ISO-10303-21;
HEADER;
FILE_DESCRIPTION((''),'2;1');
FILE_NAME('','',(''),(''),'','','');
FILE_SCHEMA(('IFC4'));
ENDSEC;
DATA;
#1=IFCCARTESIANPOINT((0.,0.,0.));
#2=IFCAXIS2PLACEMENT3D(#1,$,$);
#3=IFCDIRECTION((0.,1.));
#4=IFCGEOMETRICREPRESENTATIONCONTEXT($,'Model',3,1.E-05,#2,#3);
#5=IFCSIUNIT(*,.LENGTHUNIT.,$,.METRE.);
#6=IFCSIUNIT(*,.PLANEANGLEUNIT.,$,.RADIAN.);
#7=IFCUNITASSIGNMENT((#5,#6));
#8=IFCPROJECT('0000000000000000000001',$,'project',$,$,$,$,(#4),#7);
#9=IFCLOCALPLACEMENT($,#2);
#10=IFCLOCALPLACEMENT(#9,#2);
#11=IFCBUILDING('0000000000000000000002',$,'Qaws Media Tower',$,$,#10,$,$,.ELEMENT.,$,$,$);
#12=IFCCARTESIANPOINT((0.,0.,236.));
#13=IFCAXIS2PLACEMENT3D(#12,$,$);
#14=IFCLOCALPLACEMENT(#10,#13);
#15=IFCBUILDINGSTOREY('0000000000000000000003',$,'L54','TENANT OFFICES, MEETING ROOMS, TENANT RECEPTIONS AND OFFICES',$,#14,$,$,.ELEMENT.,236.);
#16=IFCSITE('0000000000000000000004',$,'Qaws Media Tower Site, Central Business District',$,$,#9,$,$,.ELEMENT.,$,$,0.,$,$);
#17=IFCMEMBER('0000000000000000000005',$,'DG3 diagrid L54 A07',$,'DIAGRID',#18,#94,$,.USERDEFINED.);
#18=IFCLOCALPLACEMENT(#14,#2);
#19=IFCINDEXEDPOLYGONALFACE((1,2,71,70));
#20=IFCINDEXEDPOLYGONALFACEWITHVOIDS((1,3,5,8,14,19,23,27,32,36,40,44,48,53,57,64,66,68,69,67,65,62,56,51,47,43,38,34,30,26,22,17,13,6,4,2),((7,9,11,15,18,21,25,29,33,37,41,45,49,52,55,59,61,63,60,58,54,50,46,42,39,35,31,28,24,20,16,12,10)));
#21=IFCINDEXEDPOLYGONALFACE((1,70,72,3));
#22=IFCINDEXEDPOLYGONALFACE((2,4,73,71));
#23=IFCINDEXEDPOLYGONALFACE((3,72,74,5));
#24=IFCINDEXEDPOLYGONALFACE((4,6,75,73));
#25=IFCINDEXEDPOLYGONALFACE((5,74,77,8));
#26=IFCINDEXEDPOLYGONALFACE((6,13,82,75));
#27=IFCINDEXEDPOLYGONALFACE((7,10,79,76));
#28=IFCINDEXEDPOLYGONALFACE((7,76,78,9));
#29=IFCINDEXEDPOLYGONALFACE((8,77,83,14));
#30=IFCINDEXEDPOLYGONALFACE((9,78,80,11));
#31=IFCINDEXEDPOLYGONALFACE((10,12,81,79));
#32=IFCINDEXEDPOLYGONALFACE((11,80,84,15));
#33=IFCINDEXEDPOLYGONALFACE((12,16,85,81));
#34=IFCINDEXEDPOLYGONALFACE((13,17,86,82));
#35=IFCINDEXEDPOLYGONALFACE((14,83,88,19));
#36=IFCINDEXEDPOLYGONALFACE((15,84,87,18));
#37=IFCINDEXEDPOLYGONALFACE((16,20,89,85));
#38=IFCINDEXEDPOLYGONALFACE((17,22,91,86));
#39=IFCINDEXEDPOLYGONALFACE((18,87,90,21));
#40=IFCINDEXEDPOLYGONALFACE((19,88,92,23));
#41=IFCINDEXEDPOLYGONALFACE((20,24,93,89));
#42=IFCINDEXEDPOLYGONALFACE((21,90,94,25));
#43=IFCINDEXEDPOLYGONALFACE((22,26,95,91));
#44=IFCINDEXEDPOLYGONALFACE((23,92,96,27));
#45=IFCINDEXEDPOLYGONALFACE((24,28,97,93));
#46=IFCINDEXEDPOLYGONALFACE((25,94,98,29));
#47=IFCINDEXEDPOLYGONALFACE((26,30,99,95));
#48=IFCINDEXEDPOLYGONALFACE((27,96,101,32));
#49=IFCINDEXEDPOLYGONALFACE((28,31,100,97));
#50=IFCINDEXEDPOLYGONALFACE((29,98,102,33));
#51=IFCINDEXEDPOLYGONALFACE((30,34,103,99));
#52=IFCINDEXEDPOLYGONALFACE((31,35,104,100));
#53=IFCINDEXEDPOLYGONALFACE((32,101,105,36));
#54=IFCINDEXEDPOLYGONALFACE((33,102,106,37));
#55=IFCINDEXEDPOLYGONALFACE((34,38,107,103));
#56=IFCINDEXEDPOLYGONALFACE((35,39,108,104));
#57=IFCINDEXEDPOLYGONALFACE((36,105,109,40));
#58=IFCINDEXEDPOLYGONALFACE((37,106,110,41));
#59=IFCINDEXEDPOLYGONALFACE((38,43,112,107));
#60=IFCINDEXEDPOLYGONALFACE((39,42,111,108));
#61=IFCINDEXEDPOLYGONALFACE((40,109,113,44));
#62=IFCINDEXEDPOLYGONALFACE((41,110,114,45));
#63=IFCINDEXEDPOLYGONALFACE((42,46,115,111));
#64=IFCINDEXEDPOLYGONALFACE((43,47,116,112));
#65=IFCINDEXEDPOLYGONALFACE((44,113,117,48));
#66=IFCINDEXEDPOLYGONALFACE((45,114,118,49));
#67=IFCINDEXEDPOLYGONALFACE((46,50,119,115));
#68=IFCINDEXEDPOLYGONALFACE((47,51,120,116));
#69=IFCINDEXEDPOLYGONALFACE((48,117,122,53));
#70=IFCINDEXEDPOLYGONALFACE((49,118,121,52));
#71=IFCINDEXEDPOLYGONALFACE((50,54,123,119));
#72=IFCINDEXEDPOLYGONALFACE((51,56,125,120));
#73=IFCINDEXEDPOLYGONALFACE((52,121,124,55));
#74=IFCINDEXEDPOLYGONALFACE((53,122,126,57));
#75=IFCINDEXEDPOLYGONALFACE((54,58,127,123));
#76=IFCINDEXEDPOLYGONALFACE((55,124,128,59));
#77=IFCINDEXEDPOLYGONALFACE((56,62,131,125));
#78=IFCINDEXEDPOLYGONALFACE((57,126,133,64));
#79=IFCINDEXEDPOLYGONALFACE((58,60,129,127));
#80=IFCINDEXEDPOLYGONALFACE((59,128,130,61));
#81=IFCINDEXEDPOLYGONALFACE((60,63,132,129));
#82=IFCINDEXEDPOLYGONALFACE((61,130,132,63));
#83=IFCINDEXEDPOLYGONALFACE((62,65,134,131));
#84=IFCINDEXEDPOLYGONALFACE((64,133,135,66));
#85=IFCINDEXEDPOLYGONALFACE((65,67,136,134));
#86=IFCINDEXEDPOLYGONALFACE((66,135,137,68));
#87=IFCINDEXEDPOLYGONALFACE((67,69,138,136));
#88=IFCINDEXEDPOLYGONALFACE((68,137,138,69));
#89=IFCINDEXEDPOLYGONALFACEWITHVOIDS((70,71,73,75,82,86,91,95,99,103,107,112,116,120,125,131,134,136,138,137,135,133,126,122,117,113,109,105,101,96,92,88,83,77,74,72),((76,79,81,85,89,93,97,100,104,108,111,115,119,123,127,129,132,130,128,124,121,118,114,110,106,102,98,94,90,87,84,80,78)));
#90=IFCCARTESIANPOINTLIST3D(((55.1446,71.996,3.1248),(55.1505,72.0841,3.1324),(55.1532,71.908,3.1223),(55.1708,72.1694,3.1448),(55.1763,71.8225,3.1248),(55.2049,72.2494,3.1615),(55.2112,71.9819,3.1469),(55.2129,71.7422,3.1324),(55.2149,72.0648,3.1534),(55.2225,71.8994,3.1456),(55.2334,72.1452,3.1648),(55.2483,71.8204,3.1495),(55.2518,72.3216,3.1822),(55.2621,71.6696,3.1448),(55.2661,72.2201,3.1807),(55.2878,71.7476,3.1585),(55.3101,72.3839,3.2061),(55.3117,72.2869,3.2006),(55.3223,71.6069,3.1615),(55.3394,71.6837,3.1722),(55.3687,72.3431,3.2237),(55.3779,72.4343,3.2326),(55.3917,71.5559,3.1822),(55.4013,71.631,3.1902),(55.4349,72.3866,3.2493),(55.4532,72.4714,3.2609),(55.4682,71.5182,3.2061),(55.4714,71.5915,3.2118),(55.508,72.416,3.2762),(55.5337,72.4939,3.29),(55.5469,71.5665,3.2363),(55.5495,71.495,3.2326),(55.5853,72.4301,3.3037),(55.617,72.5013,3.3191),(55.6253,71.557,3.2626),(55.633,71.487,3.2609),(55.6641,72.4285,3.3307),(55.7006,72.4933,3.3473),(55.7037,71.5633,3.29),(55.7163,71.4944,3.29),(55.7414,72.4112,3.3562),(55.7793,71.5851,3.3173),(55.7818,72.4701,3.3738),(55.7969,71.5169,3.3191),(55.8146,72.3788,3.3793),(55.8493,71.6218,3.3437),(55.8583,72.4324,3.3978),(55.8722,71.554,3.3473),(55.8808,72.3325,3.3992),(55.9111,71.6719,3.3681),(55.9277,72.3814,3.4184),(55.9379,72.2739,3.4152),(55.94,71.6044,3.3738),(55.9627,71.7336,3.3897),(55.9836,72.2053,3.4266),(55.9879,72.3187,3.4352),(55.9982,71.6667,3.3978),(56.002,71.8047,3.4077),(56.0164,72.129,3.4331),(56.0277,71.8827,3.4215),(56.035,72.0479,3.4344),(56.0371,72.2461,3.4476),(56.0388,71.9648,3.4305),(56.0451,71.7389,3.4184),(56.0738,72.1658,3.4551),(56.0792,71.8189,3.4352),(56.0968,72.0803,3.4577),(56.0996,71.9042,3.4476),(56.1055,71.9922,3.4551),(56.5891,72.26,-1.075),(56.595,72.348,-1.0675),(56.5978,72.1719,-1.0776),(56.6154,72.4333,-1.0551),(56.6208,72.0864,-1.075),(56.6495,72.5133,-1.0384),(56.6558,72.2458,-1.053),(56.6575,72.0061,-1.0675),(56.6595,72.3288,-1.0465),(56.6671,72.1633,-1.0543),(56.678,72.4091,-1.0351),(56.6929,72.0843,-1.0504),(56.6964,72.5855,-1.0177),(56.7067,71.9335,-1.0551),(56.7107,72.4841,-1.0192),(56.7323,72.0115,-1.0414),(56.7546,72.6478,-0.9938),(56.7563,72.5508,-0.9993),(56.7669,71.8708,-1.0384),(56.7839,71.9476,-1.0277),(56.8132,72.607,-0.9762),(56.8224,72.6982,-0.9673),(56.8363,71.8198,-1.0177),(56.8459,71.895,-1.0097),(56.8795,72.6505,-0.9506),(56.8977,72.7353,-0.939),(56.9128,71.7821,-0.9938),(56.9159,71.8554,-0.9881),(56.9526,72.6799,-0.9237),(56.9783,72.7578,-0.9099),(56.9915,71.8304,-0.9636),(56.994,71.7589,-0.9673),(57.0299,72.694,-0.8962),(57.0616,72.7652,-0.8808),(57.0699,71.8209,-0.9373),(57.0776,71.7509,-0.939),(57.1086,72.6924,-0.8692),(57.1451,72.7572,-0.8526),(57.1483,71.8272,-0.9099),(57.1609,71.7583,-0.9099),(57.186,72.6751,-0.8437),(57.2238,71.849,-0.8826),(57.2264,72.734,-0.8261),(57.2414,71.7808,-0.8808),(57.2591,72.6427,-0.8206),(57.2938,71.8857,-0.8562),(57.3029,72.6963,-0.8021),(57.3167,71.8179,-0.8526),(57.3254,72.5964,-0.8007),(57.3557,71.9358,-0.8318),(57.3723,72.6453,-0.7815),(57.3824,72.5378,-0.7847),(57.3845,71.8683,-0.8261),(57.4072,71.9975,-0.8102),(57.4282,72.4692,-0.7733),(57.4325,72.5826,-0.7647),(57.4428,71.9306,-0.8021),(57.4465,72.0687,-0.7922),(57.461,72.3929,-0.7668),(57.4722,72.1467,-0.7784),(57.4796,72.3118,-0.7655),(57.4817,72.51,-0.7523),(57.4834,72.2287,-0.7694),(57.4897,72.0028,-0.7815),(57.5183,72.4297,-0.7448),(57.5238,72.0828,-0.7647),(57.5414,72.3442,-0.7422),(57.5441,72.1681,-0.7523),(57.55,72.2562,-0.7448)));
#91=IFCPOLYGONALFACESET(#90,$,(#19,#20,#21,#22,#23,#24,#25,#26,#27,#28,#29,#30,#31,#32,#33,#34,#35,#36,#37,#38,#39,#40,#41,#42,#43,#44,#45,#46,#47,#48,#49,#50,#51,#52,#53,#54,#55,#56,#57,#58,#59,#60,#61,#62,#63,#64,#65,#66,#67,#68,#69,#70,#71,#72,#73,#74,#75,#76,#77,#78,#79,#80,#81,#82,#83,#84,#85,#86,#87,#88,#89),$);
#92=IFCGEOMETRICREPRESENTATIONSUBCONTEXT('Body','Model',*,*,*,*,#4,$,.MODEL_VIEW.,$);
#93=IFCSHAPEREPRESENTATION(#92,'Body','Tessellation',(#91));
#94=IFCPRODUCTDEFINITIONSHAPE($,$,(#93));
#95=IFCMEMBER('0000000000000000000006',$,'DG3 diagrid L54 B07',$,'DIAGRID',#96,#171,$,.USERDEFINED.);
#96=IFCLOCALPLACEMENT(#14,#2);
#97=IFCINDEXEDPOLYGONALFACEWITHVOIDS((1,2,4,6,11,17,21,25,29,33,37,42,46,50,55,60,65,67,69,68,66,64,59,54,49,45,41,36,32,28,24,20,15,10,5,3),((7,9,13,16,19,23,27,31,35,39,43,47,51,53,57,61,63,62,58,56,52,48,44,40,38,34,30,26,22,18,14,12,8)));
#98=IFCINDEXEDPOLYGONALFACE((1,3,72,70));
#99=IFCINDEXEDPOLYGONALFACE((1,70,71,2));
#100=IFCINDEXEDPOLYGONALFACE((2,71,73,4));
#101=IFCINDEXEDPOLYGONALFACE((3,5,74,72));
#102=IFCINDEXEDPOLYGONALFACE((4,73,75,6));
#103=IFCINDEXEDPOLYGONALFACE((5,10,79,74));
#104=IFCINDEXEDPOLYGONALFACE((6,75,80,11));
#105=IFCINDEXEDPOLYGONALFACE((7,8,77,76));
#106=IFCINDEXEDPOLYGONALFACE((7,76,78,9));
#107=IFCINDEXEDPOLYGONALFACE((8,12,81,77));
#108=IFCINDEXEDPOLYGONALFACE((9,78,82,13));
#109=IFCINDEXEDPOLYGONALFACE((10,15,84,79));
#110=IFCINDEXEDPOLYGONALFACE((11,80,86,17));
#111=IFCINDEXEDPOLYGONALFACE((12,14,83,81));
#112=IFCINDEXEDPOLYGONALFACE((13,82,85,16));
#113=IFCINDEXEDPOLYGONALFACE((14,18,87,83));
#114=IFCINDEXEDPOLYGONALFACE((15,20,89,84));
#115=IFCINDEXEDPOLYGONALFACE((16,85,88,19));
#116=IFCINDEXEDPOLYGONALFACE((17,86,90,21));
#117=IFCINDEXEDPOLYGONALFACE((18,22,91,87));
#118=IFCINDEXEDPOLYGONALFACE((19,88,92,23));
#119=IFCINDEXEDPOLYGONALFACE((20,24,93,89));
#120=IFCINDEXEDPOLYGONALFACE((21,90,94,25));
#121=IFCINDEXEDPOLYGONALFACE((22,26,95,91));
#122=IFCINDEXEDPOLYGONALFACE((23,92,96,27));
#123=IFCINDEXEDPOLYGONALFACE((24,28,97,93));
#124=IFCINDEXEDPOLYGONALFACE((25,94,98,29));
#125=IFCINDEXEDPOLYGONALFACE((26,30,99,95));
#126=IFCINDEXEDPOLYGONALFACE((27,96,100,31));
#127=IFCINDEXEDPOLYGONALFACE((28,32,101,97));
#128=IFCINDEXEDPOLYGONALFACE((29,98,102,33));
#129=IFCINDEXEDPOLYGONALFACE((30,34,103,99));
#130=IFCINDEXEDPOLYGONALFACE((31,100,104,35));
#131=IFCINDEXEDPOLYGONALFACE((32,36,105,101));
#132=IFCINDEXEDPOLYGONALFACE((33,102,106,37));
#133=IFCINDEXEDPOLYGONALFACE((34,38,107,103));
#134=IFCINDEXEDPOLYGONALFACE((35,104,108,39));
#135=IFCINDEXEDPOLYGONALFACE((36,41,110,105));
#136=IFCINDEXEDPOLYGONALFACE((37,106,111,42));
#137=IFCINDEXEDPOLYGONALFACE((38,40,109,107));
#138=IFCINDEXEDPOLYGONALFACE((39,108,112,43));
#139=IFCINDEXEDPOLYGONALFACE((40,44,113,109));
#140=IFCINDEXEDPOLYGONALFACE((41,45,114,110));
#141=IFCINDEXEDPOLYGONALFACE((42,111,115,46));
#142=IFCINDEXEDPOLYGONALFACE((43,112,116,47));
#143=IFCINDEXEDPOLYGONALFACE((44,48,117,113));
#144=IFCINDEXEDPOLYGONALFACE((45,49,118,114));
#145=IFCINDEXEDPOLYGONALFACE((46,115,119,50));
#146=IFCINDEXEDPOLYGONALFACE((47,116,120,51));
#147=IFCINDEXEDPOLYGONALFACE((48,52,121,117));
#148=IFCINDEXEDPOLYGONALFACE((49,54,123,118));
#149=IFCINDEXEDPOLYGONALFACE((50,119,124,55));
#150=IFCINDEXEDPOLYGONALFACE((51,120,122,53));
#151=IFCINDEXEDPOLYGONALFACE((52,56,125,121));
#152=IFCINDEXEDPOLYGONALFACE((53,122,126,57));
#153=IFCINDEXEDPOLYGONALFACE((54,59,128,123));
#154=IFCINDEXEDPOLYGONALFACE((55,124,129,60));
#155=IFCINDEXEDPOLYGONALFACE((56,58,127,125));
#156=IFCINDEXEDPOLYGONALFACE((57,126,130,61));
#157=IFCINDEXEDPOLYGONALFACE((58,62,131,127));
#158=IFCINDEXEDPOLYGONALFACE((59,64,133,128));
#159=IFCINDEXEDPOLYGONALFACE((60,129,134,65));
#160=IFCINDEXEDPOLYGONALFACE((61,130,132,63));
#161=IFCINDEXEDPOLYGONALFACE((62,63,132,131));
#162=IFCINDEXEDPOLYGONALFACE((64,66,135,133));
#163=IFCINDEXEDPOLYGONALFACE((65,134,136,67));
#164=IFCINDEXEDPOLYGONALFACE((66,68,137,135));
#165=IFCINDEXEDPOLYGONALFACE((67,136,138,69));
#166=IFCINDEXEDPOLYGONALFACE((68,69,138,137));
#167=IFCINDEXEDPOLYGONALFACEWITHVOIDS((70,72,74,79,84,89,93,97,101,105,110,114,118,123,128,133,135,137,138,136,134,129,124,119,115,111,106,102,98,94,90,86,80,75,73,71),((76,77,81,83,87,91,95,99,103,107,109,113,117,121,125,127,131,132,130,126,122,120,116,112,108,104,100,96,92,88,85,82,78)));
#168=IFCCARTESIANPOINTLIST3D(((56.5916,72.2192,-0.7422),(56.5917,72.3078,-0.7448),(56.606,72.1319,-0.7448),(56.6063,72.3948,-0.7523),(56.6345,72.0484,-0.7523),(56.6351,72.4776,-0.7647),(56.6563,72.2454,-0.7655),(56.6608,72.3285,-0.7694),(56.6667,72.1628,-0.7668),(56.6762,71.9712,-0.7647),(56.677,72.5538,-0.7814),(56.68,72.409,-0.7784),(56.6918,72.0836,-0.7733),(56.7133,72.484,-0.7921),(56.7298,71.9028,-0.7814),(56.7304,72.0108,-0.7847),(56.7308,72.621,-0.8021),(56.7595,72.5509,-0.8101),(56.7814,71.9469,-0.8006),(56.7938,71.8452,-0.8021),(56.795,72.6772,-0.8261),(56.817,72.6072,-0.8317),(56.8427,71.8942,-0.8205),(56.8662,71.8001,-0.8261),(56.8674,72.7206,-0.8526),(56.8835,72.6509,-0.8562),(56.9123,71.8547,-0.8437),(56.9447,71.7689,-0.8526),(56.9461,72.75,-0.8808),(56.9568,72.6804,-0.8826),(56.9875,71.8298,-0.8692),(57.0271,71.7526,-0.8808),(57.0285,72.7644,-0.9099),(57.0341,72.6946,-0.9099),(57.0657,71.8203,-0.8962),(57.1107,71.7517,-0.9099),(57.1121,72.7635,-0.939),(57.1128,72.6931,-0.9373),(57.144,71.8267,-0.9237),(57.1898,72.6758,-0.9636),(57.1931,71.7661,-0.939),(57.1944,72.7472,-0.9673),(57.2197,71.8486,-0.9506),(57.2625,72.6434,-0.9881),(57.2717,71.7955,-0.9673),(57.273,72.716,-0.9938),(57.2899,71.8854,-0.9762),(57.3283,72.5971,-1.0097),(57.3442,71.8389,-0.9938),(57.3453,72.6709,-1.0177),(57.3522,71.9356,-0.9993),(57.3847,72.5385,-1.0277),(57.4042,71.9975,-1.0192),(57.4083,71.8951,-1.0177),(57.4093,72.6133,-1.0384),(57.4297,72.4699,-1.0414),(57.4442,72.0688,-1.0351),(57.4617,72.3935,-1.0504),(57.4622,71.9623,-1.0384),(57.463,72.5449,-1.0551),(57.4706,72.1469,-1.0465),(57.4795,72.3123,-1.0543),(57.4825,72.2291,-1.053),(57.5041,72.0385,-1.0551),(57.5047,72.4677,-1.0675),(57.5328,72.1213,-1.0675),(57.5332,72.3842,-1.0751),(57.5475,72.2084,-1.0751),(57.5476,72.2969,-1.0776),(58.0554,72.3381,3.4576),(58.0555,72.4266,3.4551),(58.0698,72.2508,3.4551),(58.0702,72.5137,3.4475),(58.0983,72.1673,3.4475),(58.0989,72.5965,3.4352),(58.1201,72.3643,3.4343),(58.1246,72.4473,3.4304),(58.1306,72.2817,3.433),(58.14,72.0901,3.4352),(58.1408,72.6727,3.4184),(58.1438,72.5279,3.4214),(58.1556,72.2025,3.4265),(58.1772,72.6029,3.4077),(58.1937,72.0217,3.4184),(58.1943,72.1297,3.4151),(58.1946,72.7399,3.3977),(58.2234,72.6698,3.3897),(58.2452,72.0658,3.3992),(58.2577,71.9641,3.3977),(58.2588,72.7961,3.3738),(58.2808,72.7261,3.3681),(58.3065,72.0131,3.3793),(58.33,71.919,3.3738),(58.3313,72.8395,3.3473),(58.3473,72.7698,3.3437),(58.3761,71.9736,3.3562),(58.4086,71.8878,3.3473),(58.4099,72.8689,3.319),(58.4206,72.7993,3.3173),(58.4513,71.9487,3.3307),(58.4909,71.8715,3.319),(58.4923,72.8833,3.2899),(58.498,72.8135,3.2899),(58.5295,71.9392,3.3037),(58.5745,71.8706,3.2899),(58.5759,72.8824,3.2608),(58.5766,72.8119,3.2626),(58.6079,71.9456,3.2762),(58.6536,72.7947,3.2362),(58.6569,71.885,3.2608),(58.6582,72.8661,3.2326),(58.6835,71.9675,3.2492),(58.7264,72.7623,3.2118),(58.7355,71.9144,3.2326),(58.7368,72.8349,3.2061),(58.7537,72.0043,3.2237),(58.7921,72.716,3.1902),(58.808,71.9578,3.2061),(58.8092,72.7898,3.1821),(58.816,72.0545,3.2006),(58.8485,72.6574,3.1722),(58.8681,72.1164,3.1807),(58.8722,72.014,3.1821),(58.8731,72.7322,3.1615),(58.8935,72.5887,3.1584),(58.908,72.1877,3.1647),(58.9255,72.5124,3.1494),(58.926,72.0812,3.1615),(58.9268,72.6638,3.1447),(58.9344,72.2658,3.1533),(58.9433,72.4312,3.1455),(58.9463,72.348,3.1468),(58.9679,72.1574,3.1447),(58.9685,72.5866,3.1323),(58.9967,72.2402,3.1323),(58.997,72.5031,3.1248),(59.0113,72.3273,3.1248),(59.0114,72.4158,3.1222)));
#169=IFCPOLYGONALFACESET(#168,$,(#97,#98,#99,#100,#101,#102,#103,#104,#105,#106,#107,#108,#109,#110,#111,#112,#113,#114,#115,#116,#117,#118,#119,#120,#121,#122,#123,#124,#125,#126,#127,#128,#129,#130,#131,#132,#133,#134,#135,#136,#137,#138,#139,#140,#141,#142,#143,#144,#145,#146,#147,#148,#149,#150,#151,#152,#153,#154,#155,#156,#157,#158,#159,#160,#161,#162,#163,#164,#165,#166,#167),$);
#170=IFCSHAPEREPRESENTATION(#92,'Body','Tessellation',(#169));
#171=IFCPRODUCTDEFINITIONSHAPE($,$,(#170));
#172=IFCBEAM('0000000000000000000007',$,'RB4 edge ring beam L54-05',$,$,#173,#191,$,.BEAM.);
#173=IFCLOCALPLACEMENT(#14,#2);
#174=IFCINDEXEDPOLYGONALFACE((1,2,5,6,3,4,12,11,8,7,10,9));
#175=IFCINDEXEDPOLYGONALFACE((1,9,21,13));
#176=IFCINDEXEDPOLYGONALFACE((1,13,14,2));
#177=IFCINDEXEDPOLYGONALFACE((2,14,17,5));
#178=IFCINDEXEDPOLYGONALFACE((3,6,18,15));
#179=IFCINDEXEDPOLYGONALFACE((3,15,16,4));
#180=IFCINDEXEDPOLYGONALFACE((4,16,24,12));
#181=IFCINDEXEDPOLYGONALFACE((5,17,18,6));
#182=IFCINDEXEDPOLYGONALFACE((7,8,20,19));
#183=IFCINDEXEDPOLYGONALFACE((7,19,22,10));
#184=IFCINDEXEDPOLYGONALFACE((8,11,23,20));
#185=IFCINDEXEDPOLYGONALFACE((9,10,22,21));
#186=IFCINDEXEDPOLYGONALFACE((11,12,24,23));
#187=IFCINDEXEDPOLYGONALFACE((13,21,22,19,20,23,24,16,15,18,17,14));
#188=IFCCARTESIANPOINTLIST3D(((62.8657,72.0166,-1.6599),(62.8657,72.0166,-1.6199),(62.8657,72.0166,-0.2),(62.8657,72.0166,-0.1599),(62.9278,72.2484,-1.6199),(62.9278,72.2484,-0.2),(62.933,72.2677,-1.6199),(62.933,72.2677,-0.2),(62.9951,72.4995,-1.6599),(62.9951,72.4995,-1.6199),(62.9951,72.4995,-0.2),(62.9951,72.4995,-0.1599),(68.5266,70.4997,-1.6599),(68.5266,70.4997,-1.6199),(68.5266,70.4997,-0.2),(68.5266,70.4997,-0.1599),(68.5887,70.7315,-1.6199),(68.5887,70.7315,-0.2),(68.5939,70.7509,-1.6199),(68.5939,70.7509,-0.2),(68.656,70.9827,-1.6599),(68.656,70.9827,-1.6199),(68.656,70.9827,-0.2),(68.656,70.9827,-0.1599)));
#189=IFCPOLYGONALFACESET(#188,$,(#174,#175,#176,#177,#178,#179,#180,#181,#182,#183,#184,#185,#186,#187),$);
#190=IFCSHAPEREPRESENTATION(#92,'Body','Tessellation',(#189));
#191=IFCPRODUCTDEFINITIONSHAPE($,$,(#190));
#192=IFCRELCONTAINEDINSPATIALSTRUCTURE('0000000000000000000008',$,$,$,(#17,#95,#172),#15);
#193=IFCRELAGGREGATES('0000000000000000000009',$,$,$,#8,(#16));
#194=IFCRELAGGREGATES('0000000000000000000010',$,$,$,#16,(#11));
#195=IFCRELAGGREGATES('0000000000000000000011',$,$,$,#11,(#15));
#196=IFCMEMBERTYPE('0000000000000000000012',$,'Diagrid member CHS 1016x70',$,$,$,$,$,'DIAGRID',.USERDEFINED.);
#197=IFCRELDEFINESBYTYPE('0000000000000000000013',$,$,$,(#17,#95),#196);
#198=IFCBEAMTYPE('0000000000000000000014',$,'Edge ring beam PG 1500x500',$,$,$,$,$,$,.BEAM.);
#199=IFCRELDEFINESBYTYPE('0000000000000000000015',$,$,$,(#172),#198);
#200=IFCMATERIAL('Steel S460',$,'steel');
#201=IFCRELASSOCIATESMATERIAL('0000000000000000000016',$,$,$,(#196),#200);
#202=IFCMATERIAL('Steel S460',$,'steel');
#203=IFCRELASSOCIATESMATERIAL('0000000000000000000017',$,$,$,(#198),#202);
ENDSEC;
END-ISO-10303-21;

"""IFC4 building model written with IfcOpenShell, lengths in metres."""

from ifc_helpers import new_model, si_unit, direction, frame, origin, origin_2d, place, context, subcontext, project, spatial, hollow_circle, i_section, extrude, material, material_profile, profile_set, type_object, element, save


model = new_model("IFC4")

# Units and contexts
model_context = context("Model", 3, precision=1e-05, world=origin(), true_north=direction((0.0, 1.0)))
body_context = subcontext(model_context, "Body", "Model", "MODEL_VIEW")
ifc_project = project(units=[si_unit("LENGTHUNIT", "METRE"), si_unit("PLANEANGLEUNIT", "RADIAN")], contexts=[model_context])

# Site, building, storey
site_placement = place(None, origin())
site = spatial("IfcSite", under=ifc_project, at=site_placement, Name="Qaws Media Tower Site, Central Business District", CompositionType="ELEMENT", RefElevation=0.0)
building_placement = place(site_placement, origin())
building = spatial("IfcBuilding", under=site, at=building_placement, Name="Qaws Media Tower", CompositionType="ELEMENT")
storey_placement = place(building_placement, frame((0.0, 0.0, 236.0)))
storey = spatial("IfcBuildingStorey", under=building, at=storey_placement, Name="L54", Description="TENANT OFFICES, MEETING ROOMS, TENANT RECEPTIONS AND OFFICES", CompositionType="ELEMENT", Elevation=236.0)

# Members
ifc_material_1 = material(Name="Steel S460", Category="steel")
ifc_material_profile_1 = material_profile(ifc_material_1, hollow_circle(Radius=0.5081, WallThickness=0.0701, at=origin_2d()), Name="CHS 1016x70")
ifc_profile_set_1 = profile_set([ifc_material_profile_1], Name="Steel S460")
member_type_1 = type_object("IfcMemberType", Name="Diagrid member CHS 1016x70", ElementType="DIAGRID", PredefinedType="USERDEFINED", material=ifc_profile_set_1)
for number, where, z_axis, x_axis, name in (
    (1, (57.0696, 72.2581, -0.9099), (-0.324678, -0.059317, 0.943963), (0.179719, -0.983718, 0.0), "DG3 diagrid L54 A07"),
    (2, (57.0696, 72.2581, -0.9099), (0.329008, 0.026722, 0.943949), (-0.080954, 0.996718, 0.0), "DG3 diagrid L54 B07"),
):
    element("IfcMember", number, at=place(storey_placement, frame(where, z_axis=z_axis, x_axis=x_axis)), inside=storey, type_object=member_type_1, Name=name, ObjectType="DIAGRID", PredefinedType="USERDEFINED", context=body_context, shape_type="SweptSolid", body=[
        extrude(hollow_circle(Radius=0.5081, WallThickness=0.0701, at=origin_2d()), origin(), (0.0, 0.0, 1.0), 4.4492),
    ])

# Beam
ifc_material_2 = material(Name="Steel S460", Category="steel")
ifc_material_profile_2 = material_profile(ifc_material_2, i_section(OverallWidth=0.5, OverallDepth=1.5, WebThickness=0.02, FlangeThickness=0.04, at=origin_2d()), Name="PG 1500x500")
ifc_profile_set_2 = profile_set([ifc_material_profile_2], Name="Steel S460")
beam_type = type_object("IfcBeamType", Name="Edge ring beam PG 1500x500", PredefinedType="BEAM", material=ifc_profile_set_2)
beam_1_placement = place(storey_placement, frame((68.5913, 70.7412, -0.9099), z_axis=(-0.965925, 0.258821, 0.0), x_axis=(-0.258821, -0.965925, 0.0)))
element("IfcBeam", 3, at=beam_1_placement, inside=storey, type_object=beam_type, Name="RB4 edge ring beam L54-05", PredefinedType="BEAM", context=body_context, shape_type="SweptSolid", body=[
    extrude(i_section(OverallWidth=0.5, OverallDepth=1.5, WebThickness=0.02, FlangeThickness=0.04, at=origin_2d()), origin(), (0.0, 0.0, 1.0), 5.8606),
])

save(model, "model.ifc")
